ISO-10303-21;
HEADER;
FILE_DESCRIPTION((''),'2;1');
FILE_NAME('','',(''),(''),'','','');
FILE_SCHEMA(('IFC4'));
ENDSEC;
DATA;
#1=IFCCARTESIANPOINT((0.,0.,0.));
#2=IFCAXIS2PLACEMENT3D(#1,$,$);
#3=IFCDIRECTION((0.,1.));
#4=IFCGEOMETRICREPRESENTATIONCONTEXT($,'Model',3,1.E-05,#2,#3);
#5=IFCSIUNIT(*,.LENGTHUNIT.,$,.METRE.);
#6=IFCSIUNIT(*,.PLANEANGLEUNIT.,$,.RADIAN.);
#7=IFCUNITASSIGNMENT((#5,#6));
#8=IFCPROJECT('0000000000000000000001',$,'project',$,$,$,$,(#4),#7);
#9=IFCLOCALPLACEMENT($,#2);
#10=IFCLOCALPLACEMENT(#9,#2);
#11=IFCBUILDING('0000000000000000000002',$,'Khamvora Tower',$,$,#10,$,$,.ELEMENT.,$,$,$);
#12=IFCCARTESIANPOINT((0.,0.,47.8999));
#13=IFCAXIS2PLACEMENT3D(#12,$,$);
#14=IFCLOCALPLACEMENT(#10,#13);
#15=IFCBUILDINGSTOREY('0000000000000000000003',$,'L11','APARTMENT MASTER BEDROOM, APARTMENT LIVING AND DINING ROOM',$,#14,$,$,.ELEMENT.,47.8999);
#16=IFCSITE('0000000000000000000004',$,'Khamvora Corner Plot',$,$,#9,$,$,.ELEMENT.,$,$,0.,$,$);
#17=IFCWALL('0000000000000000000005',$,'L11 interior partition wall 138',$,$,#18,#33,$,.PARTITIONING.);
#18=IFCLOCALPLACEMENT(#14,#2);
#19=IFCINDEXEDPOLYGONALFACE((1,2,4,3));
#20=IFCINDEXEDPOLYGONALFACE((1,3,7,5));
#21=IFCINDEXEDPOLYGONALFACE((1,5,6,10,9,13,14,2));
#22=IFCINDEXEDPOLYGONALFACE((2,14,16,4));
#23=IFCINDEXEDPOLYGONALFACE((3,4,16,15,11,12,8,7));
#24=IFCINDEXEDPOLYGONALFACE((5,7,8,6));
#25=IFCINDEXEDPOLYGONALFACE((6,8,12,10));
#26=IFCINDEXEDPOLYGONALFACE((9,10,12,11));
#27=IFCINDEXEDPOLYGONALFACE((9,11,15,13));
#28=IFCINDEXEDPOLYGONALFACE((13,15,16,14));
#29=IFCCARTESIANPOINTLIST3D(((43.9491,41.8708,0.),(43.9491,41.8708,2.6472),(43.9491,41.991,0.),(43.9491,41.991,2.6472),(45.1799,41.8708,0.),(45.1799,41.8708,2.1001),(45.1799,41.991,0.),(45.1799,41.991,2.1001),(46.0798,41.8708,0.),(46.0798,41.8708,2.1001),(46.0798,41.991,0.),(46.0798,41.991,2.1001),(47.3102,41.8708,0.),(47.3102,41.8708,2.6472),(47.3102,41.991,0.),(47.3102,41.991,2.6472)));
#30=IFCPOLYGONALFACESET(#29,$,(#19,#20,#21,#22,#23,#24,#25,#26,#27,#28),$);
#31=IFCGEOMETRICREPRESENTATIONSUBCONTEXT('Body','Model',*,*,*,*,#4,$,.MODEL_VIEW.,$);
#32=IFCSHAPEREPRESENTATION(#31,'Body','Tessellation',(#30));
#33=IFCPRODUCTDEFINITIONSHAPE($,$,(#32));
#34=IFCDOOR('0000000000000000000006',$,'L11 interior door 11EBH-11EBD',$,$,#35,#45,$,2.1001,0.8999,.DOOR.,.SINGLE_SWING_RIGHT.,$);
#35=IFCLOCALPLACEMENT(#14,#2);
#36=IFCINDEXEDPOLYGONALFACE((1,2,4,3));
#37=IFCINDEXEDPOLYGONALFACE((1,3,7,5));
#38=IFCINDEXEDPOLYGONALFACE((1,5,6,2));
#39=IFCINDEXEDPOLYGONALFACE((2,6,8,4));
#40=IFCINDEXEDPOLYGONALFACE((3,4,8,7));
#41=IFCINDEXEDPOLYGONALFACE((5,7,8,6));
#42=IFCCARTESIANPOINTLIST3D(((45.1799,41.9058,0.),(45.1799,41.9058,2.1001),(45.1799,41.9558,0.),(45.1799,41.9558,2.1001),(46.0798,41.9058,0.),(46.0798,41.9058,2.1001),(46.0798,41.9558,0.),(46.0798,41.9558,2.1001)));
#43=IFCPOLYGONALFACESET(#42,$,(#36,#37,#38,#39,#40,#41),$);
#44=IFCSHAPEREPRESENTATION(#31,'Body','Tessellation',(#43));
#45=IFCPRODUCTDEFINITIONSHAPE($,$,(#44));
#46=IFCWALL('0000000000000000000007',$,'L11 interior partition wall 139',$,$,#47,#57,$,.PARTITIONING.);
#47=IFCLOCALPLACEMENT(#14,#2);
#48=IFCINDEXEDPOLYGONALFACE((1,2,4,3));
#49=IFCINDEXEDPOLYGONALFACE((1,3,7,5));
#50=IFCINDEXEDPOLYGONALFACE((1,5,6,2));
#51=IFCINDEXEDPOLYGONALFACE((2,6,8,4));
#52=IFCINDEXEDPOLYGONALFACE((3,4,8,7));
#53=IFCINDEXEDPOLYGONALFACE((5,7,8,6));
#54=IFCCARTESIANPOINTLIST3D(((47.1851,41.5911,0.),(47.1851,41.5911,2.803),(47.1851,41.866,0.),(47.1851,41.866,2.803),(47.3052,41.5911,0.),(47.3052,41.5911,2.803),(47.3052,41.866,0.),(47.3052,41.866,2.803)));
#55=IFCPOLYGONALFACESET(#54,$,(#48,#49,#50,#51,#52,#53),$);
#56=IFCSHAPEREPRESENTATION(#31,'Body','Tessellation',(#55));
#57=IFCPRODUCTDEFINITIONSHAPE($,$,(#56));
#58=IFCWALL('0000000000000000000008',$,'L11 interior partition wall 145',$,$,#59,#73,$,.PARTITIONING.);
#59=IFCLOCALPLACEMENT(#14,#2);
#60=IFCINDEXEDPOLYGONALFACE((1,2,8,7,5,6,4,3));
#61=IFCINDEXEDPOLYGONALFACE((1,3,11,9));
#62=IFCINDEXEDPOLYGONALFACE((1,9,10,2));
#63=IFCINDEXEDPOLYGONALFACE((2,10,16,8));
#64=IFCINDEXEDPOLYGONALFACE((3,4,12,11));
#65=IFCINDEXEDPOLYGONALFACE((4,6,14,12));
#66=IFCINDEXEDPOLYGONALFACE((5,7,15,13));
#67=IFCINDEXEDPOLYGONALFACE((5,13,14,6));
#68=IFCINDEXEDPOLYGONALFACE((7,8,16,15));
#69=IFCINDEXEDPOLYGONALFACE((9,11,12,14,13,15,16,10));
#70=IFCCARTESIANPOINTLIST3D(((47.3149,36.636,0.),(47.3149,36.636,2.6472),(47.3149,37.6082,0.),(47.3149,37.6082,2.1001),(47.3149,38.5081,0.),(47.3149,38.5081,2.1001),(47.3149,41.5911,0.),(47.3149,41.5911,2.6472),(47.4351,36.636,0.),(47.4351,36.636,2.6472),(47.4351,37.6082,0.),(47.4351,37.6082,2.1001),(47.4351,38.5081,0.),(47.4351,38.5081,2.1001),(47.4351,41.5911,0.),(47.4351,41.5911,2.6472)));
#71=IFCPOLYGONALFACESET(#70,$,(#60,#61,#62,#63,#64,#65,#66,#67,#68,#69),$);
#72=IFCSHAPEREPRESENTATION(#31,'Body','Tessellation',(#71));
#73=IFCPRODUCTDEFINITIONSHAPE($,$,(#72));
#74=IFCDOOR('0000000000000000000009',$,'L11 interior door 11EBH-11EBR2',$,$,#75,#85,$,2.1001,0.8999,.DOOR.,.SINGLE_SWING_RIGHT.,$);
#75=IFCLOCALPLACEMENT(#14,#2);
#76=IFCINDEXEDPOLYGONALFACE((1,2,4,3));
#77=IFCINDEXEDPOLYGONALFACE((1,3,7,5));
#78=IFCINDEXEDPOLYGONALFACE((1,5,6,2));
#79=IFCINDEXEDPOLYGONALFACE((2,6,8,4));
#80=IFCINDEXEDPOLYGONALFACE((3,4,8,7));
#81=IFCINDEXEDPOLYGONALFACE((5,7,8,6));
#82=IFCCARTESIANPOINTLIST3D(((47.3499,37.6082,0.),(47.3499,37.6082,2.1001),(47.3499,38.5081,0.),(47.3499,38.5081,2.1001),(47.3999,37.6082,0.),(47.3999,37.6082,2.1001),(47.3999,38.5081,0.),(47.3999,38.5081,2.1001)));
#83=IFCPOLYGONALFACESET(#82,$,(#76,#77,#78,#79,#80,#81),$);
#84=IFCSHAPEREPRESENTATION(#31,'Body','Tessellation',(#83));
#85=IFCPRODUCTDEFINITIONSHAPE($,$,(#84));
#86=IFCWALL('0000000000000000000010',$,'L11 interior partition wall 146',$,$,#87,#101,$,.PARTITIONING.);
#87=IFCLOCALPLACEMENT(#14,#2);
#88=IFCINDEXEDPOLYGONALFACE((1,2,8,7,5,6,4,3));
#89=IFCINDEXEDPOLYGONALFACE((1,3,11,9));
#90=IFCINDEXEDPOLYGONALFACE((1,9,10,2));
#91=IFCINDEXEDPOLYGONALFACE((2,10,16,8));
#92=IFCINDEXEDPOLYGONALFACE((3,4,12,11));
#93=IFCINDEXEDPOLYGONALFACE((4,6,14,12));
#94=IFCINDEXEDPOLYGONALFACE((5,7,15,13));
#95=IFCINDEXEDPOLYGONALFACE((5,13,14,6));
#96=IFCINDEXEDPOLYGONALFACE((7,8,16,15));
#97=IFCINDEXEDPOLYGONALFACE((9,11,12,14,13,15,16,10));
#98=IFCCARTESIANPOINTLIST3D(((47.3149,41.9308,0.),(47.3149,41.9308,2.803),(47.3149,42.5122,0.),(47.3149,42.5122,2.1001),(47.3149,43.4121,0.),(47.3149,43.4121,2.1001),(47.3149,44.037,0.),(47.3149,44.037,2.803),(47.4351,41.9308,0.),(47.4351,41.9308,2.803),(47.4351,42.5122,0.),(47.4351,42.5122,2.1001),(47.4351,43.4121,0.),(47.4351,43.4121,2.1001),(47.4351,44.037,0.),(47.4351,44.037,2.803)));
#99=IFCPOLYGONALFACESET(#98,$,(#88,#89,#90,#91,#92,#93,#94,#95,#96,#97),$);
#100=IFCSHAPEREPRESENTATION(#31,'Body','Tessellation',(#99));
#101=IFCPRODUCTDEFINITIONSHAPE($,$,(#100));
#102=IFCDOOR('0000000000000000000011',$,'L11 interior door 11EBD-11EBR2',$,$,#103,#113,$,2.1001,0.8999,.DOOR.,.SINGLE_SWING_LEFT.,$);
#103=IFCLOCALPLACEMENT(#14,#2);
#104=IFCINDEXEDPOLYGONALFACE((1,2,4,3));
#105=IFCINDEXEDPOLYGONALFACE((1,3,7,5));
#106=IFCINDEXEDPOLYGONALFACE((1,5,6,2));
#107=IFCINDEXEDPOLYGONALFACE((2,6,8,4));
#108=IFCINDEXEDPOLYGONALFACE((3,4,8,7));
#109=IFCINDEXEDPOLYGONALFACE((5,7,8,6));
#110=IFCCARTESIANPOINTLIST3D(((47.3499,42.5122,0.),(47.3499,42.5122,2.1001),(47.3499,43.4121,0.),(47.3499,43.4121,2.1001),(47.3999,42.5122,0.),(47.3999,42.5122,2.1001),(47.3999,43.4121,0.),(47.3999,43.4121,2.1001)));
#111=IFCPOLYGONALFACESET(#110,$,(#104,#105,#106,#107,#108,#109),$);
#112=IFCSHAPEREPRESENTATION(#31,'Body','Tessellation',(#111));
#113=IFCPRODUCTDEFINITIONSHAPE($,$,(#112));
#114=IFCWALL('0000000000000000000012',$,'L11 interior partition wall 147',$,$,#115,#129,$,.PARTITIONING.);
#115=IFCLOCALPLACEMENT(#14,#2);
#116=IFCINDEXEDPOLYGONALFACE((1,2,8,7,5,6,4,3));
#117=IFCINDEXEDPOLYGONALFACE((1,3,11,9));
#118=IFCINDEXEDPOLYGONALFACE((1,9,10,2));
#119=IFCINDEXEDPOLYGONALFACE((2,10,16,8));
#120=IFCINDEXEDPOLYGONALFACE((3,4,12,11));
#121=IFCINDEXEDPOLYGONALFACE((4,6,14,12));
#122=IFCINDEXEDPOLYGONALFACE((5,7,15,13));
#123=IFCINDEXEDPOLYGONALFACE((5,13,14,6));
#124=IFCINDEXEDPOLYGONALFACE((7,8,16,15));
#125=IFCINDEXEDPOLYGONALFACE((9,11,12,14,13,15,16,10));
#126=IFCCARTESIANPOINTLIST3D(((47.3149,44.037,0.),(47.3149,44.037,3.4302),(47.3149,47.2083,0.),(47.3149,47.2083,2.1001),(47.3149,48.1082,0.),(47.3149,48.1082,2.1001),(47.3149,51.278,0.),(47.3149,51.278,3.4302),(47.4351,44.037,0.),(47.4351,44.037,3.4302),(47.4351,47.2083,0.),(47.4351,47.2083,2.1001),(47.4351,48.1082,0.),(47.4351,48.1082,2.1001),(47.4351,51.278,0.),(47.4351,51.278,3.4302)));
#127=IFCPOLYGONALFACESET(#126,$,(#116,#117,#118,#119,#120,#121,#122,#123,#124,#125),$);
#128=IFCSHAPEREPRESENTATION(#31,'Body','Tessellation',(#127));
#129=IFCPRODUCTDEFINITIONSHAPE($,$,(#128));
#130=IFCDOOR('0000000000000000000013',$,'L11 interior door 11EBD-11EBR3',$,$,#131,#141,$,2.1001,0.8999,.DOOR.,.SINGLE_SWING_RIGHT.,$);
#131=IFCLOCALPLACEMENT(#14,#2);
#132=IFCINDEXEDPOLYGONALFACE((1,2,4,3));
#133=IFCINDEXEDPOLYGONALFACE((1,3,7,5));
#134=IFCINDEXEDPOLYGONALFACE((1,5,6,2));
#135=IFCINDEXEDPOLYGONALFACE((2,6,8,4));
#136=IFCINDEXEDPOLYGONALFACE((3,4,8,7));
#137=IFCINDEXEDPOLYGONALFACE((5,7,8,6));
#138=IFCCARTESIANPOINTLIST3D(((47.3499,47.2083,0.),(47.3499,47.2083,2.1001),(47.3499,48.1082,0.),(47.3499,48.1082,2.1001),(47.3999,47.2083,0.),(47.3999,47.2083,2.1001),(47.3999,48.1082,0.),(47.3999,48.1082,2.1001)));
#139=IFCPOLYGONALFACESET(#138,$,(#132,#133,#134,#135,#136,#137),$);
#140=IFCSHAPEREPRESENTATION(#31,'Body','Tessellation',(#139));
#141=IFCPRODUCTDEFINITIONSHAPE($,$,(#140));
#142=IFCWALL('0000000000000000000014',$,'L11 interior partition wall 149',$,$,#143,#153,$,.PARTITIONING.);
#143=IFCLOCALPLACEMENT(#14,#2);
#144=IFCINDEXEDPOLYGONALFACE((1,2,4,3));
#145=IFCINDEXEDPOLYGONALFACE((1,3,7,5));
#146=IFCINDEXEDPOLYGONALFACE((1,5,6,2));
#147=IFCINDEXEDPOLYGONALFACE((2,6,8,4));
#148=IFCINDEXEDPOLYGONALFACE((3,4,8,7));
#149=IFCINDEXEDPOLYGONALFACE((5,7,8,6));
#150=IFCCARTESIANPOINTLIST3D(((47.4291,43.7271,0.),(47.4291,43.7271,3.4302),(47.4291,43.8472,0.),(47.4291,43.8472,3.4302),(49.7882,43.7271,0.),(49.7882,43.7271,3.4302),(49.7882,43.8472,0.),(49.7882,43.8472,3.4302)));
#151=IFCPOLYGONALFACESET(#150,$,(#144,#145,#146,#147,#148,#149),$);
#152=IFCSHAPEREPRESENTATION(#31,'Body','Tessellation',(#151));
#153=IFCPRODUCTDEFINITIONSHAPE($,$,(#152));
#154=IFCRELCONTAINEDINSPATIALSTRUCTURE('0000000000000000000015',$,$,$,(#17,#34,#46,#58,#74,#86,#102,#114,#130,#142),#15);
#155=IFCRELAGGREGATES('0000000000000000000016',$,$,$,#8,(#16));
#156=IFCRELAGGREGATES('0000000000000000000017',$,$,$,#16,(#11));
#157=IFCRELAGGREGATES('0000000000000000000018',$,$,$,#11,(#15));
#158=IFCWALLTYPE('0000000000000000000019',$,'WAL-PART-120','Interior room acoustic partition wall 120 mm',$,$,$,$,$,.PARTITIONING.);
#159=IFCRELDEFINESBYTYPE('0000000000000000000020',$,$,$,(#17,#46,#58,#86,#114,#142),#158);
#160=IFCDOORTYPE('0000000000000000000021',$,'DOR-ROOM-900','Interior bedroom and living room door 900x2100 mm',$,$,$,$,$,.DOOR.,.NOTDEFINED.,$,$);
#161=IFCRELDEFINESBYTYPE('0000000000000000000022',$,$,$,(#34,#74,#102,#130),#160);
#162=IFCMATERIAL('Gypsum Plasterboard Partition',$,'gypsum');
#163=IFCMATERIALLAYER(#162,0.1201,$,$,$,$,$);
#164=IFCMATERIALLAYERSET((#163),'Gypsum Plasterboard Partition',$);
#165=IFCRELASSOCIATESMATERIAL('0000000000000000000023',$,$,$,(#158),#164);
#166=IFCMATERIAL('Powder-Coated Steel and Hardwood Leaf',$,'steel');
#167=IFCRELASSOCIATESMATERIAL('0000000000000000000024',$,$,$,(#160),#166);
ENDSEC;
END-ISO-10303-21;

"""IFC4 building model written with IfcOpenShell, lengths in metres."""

from ifc_helpers import new_model, si_unit, direction, frame, frame_2d, origin, place, context, subcontext, project, spatial, rectangle, extrude, material, layer, layer_set, type_object, element, fill, save


model = new_model("IFC4")

# Units and contexts
model_context = context("Model", 3, precision=1e-05, world=origin(), true_north=direction((0.0, 1.0)))
body_context = subcontext(model_context, "Body", "Model", "MODEL_VIEW")
ifc_project = project(units=[si_unit("LENGTHUNIT", "METRE"), si_unit("PLANEANGLEUNIT", "RADIAN")], contexts=[model_context])

# Site, building, storey
site_placement = place(None, origin())
site = spatial("IfcSite", under=ifc_project, at=site_placement, Name="Khamvora Corner Plot", CompositionType="ELEMENT", RefElevation=0.0)
building_placement = place(site_placement, origin())
building = spatial("IfcBuilding", under=site, at=building_placement, Name="Khamvora Tower", CompositionType="ELEMENT")
storey_placement = place(building_placement, frame((0.0, 0.0, 47.8999)))
storey = spatial("IfcBuildingStorey", under=building, at=storey_placement, Name="L11", Description="APARTMENT MASTER BEDROOM, APARTMENT LIVING AND DINING ROOM", CompositionType="ELEMENT", Elevation=47.8999)

# Wall, opening, door
ifc_material_1 = material(Name="Gypsum Plasterboard Partition", Category="gypsum")
ifc_layer_1 = layer(ifc_material_1, 0.1201)
ifc_layer_set_1 = layer_set([ifc_layer_1], Name="Gypsum Plasterboard Partition")
wall_type_1 = type_object("IfcWallType", Name="WAL-PART-120", Description="Interior room acoustic partition wall 120 mm", PredefinedType="PARTITIONING", material=ifc_layer_set_1)
ifc_material_2 = material(Name="Powder-Coated Steel and Hardwood Leaf", Category="steel")
door_type = type_object("IfcDoorType", Name="DOR-ROOM-900", Description="Interior bedroom and living room door 900x2100 mm", OperationType="NOTDEFINED", PredefinedType="DOOR", material=ifc_material_2)
wall_1_placement = place(storey_placement, frame((43.949, 41.9309, 0.0), z_axis=(0.0, 0.0, 1.0), x_axis=(1.0, 0.0, 0.0)))
wall_1 = element("IfcWall", 1, at=wall_1_placement, inside=storey, type_object=wall_type_1, Name="L11 interior partition wall 138", PredefinedType="PARTITIONING", context=body_context, shape_type="SweptSolid", body=[
    extrude(rectangle(XDim=3.3611, YDim=0.1201, at=frame_2d((1.6807, 0.0))), origin(), (0.0, 0.0, 1.0), 2.6472),
])
opening_1_placement = place(wall_1_placement, frame((1.231, 0.0, 0.0)))
opening_1 = element("IfcOpeningElement", 2, at=opening_1_placement, cuts=wall_1, PredefinedType="OPENING", context=body_context, shape_type="SweptSolid", body=[
    extrude(rectangle(XDim=0.8999, YDim=2.1001, at=frame_2d((0.45, 1.05))), frame((0.0, 0.0701, 0.0), z_axis=(0.0, -1.0, 0.0), x_axis=(1.0, 0.0, 0.0)), (0.0, 0.0, 1.0), 0.1401),
])
door_1_placement = place(opening_1_placement, origin())
door_1 = element("IfcDoor", 3, at=door_1_placement, inside=storey, type_object=door_type, Name="L11 interior door 11EBH-11EBD", OperationType="SINGLE_SWING_RIGHT", OverallHeight=2.1001, OverallWidth=0.8999, PredefinedType="DOOR", context=body_context, shape_type="SweptSolid", body=[
    extrude(rectangle(XDim=0.8999, YDim=2.1001, at=frame_2d((0.45, 1.05))), frame((0.0, 0.0249, 0.0), z_axis=(0.0, -1.0, 0.0), x_axis=(1.0, 0.0, 0.0)), (0.0, 0.0, 1.0), 0.05),
])
fill(opening_1, door_1)

# Wall
wall_2_placement = place(storey_placement, frame((47.2451, 41.866, 0.0), z_axis=(0.0, 0.0, 1.0), x_axis=(0.0, -1.0, 0.0)))
element("IfcWall", 4, at=wall_2_placement, inside=storey, type_object=wall_type_1, Name="L11 interior partition wall 139", PredefinedType="PARTITIONING", context=body_context, shape_type="SweptSolid", body=[
    extrude(rectangle(XDim=0.2749, YDim=0.1201, at=frame_2d((0.1375, 0.0))), origin(), (0.0, 0.0, 1.0), 2.803),
])

# Walls, openings, doors
wall_3_placement = place(storey_placement, frame((47.375, 41.5911, 0.0), z_axis=(0.0, 0.0, 1.0), x_axis=(0.0, -1.0, 0.0)))
wall_3 = element("IfcWall", 5, at=wall_3_placement, inside=storey, type_object=wall_type_1, Name="L11 interior partition wall 145", PredefinedType="PARTITIONING", context=body_context, shape_type="SweptSolid", body=[
    extrude(rectangle(XDim=4.9551, YDim=0.1201, at=frame_2d((2.4775, 0.0))), origin(), (0.0, 0.0, 1.0), 2.6472),
])
opening_2_placement = place(wall_3_placement, frame((3.083, 0.0, 0.0)))
opening_2 = element("IfcOpeningElement", 6, at=opening_2_placement, cuts=wall_3, PredefinedType="OPENING", context=body_context, shape_type="SweptSolid", body=[
    extrude(rectangle(XDim=0.8999, YDim=2.1001, at=frame_2d((0.45, 1.05))), frame((0.0, 0.0701, 0.0), z_axis=(0.0, -1.0, 0.0), x_axis=(1.0, 0.0, 0.0)), (0.0, 0.0, 1.0), 0.1401),
])
door_2_placement = place(opening_2_placement, origin())
door_2 = element("IfcDoor", 7, at=door_2_placement, inside=storey, type_object=door_type, Name="L11 interior door 11EBH-11EBR2", OperationType="SINGLE_SWING_RIGHT", OverallHeight=2.1001, OverallWidth=0.8999, PredefinedType="DOOR", context=body_context, shape_type="SweptSolid", body=[
    extrude(rectangle(XDim=0.8999, YDim=2.1001, at=frame_2d((0.45, 1.05))), frame((0.0, 0.0249, 0.0), z_axis=(0.0, -1.0, 0.0), x_axis=(1.0, 0.0, 0.0)), (0.0, 0.0, 1.0), 0.05),
])
fill(opening_2, door_2)
wall_4_placement = place(storey_placement, frame((47.375, 44.0371, 0.0), z_axis=(0.0, 0.0, 1.0), x_axis=(0.0, -1.0, 0.0)))
wall_4 = element("IfcWall", 8, at=wall_4_placement, inside=storey, type_object=wall_type_1, Name="L11 interior partition wall 146", PredefinedType="PARTITIONING", context=body_context, shape_type="SweptSolid", body=[
    extrude(rectangle(XDim=2.1062, YDim=0.1201, at=frame_2d((1.0532, 0.0))), origin(), (0.0, 0.0, 1.0), 2.803),
])
opening_3_placement = place(wall_4_placement, frame((0.625, 0.0, 0.0)))
opening_3 = element("IfcOpeningElement", 9, at=opening_3_placement, cuts=wall_4, PredefinedType="OPENING", context=body_context, shape_type="SweptSolid", body=[
    extrude(rectangle(XDim=0.8999, YDim=2.1001, at=frame_2d((0.45, 1.05))), frame((0.0, 0.0701, 0.0), z_axis=(0.0, -1.0, 0.0), x_axis=(1.0, 0.0, 0.0)), (0.0, 0.0, 1.0), 0.1401),
])
door_3_placement = place(opening_3_placement, origin())
door_3 = element("IfcDoor", 10, at=door_3_placement, inside=storey, type_object=door_type, Name="L11 interior door 11EBD-11EBR2", OperationType="SINGLE_SWING_LEFT", OverallHeight=2.1001, OverallWidth=0.8999, PredefinedType="DOOR", context=body_context, shape_type="SweptSolid", body=[
    extrude(rectangle(XDim=0.8999, YDim=2.1001, at=frame_2d((0.45, 1.05))), frame((0.0, 0.0249, 0.0), z_axis=(0.0, -1.0, 0.0), x_axis=(1.0, 0.0, 0.0)), (0.0, 0.0, 1.0), 0.05),
])
fill(opening_3, door_3)
wall_5_placement = place(storey_placement, frame((47.375, 51.2781, 0.0), z_axis=(0.0, 0.0, 1.0), x_axis=(0.0, -1.0, 0.0)))
wall_5 = element("IfcWall", 11, at=wall_5_placement, inside=storey, type_object=wall_type_1, Name="L11 interior partition wall 147", PredefinedType="PARTITIONING", context=body_context, shape_type="SweptSolid", body=[
    extrude(rectangle(XDim=7.241, YDim=0.1201, at=frame_2d((3.6206, 0.0))), origin(), (0.0, 0.0, 1.0), 3.4302),
])
opening_4_placement = place(wall_5_placement, frame((3.1699, 0.0, 0.0)))
opening_4 = element("IfcOpeningElement", 12, at=opening_4_placement, cuts=wall_5, PredefinedType="OPENING", context=body_context, shape_type="SweptSolid", body=[
    extrude(rectangle(XDim=0.8999, YDim=2.1001, at=frame_2d((0.45, 1.05))), frame((0.0, 0.0701, 0.0), z_axis=(0.0, -1.0, 0.0), x_axis=(1.0, 0.0, 0.0)), (0.0, 0.0, 1.0), 0.1401),
])
door_4_placement = place(opening_4_placement, origin())
door_4 = element("IfcDoor", 13, at=door_4_placement, inside=storey, type_object=door_type, Name="L11 interior door 11EBD-11EBR3", OperationType="SINGLE_SWING_RIGHT", OverallHeight=2.1001, OverallWidth=0.8999, PredefinedType="DOOR", context=body_context, shape_type="SweptSolid", body=[
    extrude(rectangle(XDim=0.8999, YDim=2.1001, at=frame_2d((0.45, 1.05))), frame((0.0, 0.0249, 0.0), z_axis=(0.0, -1.0, 0.0), x_axis=(1.0, 0.0, 0.0)), (0.0, 0.0, 1.0), 0.05),
])
fill(opening_4, door_4)

# Wall
wall_6_placement = place(storey_placement, frame((47.429, 43.7871, 0.0), z_axis=(0.0, 0.0, 1.0), x_axis=(1.0, 0.0, 0.0)))
element("IfcWall", 14, at=wall_6_placement, inside=storey, type_object=wall_type_1, Name="L11 interior partition wall 149", PredefinedType="PARTITIONING", context=body_context, shape_type="SweptSolid", body=[
    extrude(rectangle(XDim=2.3591, YDim=0.1201, at=frame_2d((1.1797, 0.0))), origin(), (0.0, 0.0, 1.0), 3.4302),
])

save(model, "model.ifc")
